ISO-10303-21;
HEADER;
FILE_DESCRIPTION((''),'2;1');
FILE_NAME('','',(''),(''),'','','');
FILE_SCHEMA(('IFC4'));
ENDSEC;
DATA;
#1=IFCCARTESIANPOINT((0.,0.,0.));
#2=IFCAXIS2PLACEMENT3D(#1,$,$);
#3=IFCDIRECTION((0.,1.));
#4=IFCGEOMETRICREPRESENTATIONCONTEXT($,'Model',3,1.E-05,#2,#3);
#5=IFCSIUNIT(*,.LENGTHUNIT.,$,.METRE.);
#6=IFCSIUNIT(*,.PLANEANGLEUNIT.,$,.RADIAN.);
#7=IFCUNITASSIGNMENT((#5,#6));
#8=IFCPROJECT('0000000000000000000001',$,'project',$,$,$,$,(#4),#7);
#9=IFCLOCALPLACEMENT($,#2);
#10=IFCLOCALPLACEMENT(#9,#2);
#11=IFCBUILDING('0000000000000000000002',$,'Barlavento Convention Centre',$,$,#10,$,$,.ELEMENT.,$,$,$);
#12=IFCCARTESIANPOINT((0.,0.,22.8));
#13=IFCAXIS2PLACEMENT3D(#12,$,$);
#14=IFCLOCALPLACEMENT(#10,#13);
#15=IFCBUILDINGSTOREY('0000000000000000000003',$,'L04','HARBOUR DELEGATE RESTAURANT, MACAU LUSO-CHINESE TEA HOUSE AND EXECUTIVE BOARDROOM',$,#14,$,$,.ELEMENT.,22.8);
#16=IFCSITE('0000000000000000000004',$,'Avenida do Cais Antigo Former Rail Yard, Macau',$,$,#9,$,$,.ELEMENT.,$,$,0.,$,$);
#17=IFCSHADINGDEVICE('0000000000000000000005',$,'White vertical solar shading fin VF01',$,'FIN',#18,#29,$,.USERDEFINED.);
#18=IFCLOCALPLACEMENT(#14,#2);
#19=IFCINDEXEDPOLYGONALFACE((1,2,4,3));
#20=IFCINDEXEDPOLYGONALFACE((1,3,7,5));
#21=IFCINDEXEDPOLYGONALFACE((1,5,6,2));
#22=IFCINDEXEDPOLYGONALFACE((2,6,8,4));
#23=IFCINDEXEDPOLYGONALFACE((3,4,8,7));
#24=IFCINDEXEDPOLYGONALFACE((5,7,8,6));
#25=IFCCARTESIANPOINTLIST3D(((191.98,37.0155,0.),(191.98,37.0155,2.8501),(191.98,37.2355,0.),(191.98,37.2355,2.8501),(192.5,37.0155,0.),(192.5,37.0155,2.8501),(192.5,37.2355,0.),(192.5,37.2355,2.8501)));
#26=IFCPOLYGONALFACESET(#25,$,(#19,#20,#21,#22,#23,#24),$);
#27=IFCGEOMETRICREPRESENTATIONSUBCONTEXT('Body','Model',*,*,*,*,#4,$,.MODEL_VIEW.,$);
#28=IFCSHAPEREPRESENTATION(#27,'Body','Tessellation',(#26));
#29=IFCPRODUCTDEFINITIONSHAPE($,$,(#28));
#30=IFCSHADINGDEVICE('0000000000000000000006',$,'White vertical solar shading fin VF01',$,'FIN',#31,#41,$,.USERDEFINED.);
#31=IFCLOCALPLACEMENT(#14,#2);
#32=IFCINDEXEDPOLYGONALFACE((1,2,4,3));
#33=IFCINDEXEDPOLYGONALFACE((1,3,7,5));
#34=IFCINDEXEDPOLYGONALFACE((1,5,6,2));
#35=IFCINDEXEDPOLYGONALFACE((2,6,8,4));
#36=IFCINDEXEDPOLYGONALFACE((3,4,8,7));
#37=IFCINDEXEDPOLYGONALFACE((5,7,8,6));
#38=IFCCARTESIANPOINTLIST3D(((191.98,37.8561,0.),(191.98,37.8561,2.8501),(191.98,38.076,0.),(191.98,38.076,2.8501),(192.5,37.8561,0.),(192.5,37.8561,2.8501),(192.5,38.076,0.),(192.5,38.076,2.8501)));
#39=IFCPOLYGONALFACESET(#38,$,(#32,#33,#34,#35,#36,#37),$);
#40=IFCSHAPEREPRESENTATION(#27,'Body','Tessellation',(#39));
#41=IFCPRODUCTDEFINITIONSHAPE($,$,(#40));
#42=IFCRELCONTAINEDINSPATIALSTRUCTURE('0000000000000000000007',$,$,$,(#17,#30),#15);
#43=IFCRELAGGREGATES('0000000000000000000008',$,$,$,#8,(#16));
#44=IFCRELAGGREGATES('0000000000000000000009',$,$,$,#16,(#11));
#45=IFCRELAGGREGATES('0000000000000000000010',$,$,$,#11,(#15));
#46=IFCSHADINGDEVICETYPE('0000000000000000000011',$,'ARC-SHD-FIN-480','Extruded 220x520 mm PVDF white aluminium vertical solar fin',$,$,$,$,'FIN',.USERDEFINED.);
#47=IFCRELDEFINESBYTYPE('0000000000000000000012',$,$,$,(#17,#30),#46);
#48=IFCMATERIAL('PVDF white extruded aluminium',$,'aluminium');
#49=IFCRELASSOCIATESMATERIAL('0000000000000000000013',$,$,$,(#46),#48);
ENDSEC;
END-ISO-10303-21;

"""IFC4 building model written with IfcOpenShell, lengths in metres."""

from ifc_helpers import new_model, si_unit, direction, frame, origin, origin_2d, place, context, subcontext, project, spatial, rectangle, extrude, material, type_object, element, save


model = new_model("IFC4")

# Units and contexts
model_context = context("Model", 3, precision=1e-05, world=origin(), true_north=direction((0.0, 1.0)))
body_context = subcontext(model_context, "Body", "Model", "MODEL_VIEW")
ifc_project = project(units=[si_unit("LENGTHUNIT", "METRE"), si_unit("PLANEANGLEUNIT", "RADIAN")], contexts=[model_context])

# Site, building, storey
site_placement = place(None, origin())
site = spatial("IfcSite", under=ifc_project, at=site_placement, Name="Avenida do Cais Antigo Former Rail Yard, Macau", CompositionType="ELEMENT", RefElevation=0.0)
building_placement = place(site_placement, origin())
building = spatial("IfcBuilding", under=site, at=building_placement, Name="Barlavento Convention Centre", CompositionType="ELEMENT")
storey_placement = place(building_placement, frame((0.0, 0.0, 22.8)))
storey = spatial("IfcBuildingStorey", under=building, at=storey_placement, Name="L04", Description="HARBOUR DELEGATE RESTAURANT, MACAU LUSO-CHINESE TEA HOUSE AND EXECUTIVE BOARDROOM", CompositionType="ELEMENT", Elevation=22.8)

# Shading devices
ifc_material_1 = material(Name="PVDF white extruded aluminium", Category="aluminium")
shading_device_type = type_object("IfcShadingDeviceType", Name="ARC-SHD-FIN-480", Description="Extruded 220x520 mm PVDF white aluminium vertical solar fin", ElementType="FIN", PredefinedType="USERDEFINED", material=ifc_material_1)
for number, where, z_axis, x_axis, name in (
    (1, (192.24, 37.1255, 0.0), (0.0, 0.0, 1.0), (0.0, 1.0, 0.0), "White vertical solar shading fin VF01"),
    (2, (192.24, 37.9661, 0.0), (0.0, 0.0, 1.0), (0.0, 1.0, 0.0), "White vertical solar shading fin VF01"),
):
    element("IfcShadingDevice", number, at=place(storey_placement, frame(where, z_axis=z_axis, x_axis=x_axis)), inside=storey, type_object=shading_device_type, Name=name, ObjectType="FIN", PredefinedType="USERDEFINED", context=body_context, shape_type="SweptSolid", body=[
        extrude(rectangle(XDim=0.22, YDim=0.52, at=origin_2d()), origin(), (0.0, 0.0, 1.0), 2.8501),
    ])

save(model, "model.ifc")
